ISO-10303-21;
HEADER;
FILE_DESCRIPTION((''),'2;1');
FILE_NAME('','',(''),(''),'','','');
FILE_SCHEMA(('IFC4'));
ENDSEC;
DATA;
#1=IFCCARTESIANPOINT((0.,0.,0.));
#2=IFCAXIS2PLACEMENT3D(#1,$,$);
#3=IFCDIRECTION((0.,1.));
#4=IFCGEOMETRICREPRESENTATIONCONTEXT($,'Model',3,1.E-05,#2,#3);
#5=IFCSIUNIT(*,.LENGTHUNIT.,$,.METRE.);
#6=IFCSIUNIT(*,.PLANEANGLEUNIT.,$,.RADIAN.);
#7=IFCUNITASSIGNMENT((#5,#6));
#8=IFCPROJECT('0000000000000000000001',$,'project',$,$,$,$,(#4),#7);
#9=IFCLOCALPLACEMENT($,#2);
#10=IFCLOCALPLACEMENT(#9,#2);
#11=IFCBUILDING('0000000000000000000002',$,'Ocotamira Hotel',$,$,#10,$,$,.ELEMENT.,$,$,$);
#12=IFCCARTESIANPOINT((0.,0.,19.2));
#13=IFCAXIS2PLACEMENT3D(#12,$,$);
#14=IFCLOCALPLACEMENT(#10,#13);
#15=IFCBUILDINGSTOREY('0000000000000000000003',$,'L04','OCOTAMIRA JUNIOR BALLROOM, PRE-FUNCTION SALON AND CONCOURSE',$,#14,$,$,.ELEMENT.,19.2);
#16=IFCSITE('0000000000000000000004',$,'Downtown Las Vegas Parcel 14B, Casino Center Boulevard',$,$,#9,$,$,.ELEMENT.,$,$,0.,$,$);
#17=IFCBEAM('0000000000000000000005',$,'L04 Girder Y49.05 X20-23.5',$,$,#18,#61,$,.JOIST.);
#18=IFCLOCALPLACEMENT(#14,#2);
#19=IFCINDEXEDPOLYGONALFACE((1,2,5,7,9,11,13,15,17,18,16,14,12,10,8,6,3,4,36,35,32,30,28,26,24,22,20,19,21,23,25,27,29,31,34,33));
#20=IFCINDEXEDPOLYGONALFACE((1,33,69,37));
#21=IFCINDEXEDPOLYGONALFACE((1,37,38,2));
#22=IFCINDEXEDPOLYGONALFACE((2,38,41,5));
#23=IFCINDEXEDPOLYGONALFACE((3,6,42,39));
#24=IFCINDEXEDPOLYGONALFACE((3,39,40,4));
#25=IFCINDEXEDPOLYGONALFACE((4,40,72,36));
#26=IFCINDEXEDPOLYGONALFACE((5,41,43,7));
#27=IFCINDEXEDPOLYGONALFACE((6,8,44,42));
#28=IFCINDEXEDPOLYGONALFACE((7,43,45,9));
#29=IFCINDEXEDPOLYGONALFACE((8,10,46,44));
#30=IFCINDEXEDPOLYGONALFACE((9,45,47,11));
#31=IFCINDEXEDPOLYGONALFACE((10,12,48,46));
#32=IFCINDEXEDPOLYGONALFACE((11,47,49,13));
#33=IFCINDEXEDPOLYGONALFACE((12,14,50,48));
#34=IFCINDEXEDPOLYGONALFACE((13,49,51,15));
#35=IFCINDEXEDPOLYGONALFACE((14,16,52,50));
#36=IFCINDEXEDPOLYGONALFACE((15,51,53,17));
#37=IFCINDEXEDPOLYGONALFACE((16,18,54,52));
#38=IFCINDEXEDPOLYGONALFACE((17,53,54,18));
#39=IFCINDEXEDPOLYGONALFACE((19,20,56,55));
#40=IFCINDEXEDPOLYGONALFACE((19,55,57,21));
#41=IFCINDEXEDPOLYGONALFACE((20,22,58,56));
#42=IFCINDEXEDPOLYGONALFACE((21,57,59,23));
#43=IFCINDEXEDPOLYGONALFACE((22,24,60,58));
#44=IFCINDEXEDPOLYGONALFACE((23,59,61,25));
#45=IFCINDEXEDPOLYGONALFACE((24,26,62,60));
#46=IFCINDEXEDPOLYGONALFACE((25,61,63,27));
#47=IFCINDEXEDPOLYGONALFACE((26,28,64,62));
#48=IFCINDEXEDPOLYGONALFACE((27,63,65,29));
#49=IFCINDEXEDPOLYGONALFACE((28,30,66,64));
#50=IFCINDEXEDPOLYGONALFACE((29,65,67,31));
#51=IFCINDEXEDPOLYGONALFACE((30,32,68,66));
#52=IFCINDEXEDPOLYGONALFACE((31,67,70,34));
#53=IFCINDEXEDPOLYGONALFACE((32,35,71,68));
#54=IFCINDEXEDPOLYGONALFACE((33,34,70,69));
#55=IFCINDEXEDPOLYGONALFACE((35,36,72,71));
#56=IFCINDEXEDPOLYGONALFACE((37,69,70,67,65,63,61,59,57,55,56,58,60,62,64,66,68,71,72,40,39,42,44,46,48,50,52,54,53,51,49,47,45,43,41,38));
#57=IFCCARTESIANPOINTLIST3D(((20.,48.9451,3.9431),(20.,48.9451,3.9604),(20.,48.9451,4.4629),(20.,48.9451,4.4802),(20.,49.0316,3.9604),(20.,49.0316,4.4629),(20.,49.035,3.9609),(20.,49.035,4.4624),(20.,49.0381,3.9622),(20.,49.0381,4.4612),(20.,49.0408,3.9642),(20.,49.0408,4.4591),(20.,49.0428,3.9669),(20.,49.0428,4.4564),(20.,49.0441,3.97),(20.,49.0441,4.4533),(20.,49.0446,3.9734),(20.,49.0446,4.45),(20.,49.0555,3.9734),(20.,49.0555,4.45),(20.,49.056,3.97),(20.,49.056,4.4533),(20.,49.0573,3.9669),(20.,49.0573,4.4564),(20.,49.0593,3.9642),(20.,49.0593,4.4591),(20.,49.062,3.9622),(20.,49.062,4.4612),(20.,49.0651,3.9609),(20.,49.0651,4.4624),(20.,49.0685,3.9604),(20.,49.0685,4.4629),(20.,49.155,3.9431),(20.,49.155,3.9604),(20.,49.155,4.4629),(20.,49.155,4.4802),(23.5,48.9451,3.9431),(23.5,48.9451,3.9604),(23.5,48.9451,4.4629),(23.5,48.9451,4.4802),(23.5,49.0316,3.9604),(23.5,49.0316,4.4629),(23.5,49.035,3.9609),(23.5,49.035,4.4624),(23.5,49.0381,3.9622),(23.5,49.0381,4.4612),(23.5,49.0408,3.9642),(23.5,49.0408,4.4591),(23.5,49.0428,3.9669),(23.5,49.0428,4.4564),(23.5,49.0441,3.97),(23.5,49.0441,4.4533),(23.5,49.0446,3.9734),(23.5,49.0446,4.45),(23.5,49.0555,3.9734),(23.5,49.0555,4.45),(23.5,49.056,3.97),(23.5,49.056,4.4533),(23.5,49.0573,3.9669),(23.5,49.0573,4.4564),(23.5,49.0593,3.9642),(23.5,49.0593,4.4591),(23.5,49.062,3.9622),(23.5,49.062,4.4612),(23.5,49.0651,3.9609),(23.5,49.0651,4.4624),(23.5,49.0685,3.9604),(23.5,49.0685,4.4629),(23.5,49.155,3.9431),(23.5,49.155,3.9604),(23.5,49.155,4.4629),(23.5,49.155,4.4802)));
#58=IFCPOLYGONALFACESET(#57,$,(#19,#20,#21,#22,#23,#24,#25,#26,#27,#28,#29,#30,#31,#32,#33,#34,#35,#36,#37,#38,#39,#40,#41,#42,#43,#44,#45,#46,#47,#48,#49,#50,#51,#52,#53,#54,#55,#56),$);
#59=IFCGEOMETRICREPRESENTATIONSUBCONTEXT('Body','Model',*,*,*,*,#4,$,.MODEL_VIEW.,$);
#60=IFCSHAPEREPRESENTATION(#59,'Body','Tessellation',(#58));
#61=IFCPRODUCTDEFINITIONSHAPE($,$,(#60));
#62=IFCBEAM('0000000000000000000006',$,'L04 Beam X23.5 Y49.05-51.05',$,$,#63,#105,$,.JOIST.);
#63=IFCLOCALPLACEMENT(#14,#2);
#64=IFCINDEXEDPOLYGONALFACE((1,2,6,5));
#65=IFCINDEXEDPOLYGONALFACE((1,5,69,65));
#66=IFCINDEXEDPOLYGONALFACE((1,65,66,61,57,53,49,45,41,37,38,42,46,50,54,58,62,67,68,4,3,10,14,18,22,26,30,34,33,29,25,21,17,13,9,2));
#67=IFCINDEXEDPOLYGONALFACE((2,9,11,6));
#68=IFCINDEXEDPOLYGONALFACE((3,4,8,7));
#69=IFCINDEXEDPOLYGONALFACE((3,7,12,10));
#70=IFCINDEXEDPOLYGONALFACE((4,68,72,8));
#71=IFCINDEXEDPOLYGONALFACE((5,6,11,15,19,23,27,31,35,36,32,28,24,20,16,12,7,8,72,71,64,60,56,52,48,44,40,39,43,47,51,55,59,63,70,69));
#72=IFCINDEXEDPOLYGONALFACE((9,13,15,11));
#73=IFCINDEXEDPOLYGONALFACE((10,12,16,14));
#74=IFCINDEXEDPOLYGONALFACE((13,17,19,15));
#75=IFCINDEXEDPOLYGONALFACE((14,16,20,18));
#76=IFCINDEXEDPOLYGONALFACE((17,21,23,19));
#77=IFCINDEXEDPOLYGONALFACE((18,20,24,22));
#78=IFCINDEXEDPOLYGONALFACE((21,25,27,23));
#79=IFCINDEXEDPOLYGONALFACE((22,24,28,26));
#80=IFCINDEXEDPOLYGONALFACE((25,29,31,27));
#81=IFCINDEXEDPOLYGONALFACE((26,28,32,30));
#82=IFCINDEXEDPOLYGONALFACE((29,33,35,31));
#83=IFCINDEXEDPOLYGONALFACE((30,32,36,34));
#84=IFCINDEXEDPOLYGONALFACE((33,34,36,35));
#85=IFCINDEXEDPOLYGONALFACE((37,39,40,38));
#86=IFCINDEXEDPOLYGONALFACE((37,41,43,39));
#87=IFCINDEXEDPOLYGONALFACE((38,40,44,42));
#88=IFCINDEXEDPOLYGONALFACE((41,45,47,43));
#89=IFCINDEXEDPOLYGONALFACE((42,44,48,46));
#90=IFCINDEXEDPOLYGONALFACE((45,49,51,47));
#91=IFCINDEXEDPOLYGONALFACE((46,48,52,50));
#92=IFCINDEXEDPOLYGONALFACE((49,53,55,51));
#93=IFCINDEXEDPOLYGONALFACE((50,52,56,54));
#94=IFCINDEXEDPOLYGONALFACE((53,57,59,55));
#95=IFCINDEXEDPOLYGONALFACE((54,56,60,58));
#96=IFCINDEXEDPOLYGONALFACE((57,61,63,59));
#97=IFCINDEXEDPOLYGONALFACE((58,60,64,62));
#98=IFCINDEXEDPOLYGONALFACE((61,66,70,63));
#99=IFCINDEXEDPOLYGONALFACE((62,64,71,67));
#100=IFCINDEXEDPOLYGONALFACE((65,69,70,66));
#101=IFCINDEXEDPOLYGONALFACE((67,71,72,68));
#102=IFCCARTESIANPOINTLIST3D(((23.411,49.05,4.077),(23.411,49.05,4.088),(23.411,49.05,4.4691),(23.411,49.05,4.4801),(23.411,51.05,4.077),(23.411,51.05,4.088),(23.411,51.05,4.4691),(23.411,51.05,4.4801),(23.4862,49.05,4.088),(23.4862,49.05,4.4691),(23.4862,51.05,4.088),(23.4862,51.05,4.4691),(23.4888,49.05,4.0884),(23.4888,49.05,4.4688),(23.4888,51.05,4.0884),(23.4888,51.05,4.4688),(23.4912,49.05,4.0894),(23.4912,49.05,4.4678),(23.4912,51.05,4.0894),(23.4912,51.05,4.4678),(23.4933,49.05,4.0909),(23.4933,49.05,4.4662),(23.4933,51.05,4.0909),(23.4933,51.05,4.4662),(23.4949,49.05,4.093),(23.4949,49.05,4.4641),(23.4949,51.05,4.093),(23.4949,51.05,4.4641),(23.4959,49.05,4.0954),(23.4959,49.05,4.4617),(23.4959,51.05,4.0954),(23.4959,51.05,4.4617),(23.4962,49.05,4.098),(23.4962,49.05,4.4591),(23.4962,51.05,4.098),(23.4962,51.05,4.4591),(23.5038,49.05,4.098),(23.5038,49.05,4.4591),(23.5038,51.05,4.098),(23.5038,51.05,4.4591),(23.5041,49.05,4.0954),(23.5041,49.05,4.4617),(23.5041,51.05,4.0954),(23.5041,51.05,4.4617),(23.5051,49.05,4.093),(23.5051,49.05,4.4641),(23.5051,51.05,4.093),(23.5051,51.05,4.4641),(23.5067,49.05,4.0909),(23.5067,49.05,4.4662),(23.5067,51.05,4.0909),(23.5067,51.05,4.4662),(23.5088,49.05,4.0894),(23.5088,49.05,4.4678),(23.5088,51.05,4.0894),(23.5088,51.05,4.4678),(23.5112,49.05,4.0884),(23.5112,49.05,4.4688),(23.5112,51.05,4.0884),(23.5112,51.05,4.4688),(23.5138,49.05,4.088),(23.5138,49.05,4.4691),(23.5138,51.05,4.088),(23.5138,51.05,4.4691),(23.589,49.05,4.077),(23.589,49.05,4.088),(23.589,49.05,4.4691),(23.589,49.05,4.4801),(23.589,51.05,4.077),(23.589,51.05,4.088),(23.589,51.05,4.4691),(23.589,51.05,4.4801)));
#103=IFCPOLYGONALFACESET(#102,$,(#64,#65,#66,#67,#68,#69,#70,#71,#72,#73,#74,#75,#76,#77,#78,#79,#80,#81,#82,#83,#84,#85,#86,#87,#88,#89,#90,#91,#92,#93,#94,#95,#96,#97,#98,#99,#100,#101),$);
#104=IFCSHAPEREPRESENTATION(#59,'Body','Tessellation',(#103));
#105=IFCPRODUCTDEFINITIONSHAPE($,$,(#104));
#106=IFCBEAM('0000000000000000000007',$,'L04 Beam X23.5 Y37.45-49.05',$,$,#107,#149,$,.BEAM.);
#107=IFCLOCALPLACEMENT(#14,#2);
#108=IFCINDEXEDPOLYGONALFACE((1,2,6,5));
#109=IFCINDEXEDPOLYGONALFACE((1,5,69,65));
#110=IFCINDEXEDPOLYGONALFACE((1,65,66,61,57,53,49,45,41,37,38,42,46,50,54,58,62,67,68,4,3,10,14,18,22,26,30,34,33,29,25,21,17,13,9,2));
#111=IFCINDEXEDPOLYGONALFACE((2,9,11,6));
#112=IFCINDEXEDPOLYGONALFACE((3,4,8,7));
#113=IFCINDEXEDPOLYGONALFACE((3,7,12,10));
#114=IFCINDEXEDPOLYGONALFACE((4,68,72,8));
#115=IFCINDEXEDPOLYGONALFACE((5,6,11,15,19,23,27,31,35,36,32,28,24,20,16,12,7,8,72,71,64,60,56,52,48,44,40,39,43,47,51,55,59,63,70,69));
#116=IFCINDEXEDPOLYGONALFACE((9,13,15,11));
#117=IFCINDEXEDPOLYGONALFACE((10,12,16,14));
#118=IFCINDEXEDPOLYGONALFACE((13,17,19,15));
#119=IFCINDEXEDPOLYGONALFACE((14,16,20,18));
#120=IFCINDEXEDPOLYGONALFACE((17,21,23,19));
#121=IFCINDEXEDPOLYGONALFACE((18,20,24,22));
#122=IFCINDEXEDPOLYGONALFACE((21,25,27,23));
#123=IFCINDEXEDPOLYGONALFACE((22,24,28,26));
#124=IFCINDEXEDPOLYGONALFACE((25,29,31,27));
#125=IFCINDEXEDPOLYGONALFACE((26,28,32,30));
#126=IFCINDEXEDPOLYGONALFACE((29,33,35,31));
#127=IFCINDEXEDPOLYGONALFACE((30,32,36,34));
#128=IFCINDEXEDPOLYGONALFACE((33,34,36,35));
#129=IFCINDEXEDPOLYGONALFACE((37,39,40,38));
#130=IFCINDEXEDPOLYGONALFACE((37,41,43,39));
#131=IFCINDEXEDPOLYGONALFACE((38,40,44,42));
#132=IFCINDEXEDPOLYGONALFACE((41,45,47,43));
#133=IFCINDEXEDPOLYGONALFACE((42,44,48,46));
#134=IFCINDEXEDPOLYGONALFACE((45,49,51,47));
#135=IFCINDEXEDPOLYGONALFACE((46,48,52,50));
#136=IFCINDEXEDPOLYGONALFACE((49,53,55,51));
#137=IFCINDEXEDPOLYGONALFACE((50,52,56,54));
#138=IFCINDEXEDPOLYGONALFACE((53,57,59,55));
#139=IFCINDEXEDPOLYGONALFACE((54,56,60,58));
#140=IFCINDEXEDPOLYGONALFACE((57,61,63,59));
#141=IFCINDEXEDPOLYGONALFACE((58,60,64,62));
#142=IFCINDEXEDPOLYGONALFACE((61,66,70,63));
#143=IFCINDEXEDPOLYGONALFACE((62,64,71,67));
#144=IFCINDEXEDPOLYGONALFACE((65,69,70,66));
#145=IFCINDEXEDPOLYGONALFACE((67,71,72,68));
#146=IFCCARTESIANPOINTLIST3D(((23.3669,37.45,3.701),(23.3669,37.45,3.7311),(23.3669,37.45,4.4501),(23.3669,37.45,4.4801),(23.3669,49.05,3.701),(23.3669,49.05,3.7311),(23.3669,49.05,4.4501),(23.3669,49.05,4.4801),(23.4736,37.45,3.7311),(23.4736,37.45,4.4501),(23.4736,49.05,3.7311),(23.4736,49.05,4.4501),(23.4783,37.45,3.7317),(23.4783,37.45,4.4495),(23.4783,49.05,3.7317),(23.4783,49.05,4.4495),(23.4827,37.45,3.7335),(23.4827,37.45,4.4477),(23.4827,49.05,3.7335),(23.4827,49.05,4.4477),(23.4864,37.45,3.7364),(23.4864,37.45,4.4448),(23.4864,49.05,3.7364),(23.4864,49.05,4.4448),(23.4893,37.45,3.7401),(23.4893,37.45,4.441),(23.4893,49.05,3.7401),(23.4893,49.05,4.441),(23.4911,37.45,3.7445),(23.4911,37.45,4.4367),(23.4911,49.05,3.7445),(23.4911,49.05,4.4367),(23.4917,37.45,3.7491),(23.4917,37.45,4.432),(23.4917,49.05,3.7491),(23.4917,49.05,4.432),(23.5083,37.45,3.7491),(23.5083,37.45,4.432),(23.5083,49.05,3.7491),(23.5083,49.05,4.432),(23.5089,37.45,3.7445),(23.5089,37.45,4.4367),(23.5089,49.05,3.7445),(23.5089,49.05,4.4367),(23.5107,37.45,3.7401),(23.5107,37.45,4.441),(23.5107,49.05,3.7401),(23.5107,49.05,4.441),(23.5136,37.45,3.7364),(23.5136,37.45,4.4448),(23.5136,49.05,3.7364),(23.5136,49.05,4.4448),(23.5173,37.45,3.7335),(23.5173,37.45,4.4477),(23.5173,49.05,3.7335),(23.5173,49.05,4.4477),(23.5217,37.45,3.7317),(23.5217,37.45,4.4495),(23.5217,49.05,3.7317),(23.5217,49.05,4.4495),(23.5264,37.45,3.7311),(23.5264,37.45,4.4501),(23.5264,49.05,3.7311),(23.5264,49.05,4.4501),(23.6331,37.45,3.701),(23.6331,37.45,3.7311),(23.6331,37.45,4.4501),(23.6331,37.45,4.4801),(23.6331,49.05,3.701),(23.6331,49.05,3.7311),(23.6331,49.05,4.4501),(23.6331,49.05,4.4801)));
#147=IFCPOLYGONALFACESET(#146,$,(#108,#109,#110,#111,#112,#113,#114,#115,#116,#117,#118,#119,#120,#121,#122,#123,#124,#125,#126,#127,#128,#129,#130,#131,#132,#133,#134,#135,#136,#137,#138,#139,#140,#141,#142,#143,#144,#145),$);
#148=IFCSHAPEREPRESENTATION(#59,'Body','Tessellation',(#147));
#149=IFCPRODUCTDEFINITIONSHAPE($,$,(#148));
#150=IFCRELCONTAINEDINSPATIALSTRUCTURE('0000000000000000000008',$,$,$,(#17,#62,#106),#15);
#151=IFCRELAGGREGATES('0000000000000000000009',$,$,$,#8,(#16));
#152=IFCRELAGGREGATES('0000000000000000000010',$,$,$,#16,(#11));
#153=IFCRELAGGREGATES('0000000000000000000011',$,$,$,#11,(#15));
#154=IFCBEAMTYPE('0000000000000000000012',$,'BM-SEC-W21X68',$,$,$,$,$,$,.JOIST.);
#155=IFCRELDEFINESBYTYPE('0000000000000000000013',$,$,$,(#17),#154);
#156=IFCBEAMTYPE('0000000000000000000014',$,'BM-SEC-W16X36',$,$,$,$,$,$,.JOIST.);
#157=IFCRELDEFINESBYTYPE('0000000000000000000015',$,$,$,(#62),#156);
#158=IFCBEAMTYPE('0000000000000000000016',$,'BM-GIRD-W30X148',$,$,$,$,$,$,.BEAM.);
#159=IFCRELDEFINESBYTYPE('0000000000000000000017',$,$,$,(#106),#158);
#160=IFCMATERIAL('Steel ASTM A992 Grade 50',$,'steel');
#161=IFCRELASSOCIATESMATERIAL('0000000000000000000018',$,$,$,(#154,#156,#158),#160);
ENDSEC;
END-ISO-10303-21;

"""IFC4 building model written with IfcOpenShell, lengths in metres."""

from ifc_helpers import new_model, si_unit, direction, frame, origin, origin_2d, place, context, subcontext, project, spatial, i_section, extrude, source, transform, mapped, material, material_profile, profile_set, type_object, element, save


model = new_model("IFC4")

# Units and contexts
model_context = context("Model", 3, precision=1e-05, world=origin(), true_north=direction((0.0, 1.0)))
body_context = subcontext(model_context, "Body", "Model", "MODEL_VIEW")
ifc_project = project(units=[si_unit("LENGTHUNIT", "METRE"), si_unit("PLANEANGLEUNIT", "RADIAN")], contexts=[model_context])

# Site, building, storey
site_placement = place(None, origin())
site = spatial("IfcSite", under=ifc_project, at=site_placement, Name="Downtown Las Vegas Parcel 14B, Casino Center Boulevard", CompositionType="ELEMENT", RefElevation=0.0)
building_placement = place(site_placement, origin())
building = spatial("IfcBuilding", under=site, at=building_placement, Name="Ocotamira Hotel", CompositionType="ELEMENT")
storey_placement = place(building_placement, frame((0.0, 0.0, 19.2)))
storey = spatial("IfcBuildingStorey", under=building, at=storey_placement, Name="L04", Description="OCOTAMIRA JUNIOR BALLROOM, PRE-FUNCTION SALON AND CONCOURSE", CompositionType="ELEMENT", Elevation=19.2)

# Beams
ifc_material_1 = material(Name="Steel ASTM A992 Grade 50", Category="steel")
ifc_material_profile_1 = material_profile(ifc_material_1, i_section(OverallWidth=0.21, OverallDepth=0.5371, WebThickness=0.011, FlangeThickness=0.0173, FilletRadius=0.0129, at=origin_2d()), Name="W21X68")
ifc_profile_set_1 = profile_set([ifc_material_profile_1], Name="Steel ASTM A992 Grade 50")
beam_type_1 = type_object("IfcBeamType", Name="BM-SEC-W21X68", PredefinedType="JOIST", material=ifc_profile_set_1)
shared_shape_1 = source(origin(), body_context, "Body", "SweptSolid", [
    extrude(i_section(OverallWidth=0.21, OverallDepth=0.5371, WebThickness=0.011, FlangeThickness=0.0173, FilletRadius=0.0129, at=origin_2d()), origin(), (0.0, 0.0, 1.0), 3.5),
])
beam_1_placement = place(storey_placement, frame((20.0, 49.05, 4.2117), z_axis=(1.0, 0.0, 0.0), x_axis=(0.0, 1.0, 0.0)))
element("IfcBeam", 1, at=beam_1_placement, inside=storey, type_object=beam_type_1, Name="L04 Girder Y49.05 X20-23.5", PredefinedType="JOIST", context=body_context, shape_type="MappedRepresentation", body=[
    mapped(shared_shape_1, transform((0.0, 0.0, 0.0), scale=1.0)),
])
ifc_material_profile_2 = material_profile(ifc_material_1, i_section(OverallWidth=0.178, OverallDepth=0.4031, WebThickness=0.0076, FlangeThickness=0.011, FilletRadius=0.01, at=origin_2d()), Name="W16X36")
ifc_profile_set_2 = profile_set([ifc_material_profile_2], Name="Steel ASTM A992 Grade 50")
beam_type_2 = type_object("IfcBeamType", Name="BM-SEC-W16X36", PredefinedType="JOIST", material=ifc_profile_set_2)
shared_shape_2 = source(origin(), body_context, "Body", "SweptSolid", [
    extrude(i_section(OverallWidth=0.178, OverallDepth=0.4031, WebThickness=0.0076, FlangeThickness=0.011, FilletRadius=0.01, at=origin_2d()), origin(), (0.0, 0.0, 1.0), 2.0),
])
beam_2_placement = place(storey_placement, frame((23.5, 49.05, 4.2786), z_axis=(0.0, 1.0, 0.0), x_axis=(-1.0, 0.0, 0.0)))
element("IfcBeam", 2, at=beam_2_placement, inside=storey, type_object=beam_type_2, Name="L04 Beam X23.5 Y49.05-51.05", PredefinedType="JOIST", context=body_context, shape_type="MappedRepresentation", body=[
    mapped(shared_shape_2, transform((0.0, 0.0, 0.0), scale=1.0)),
])
ifc_material_profile_3 = material_profile(ifc_material_1, i_section(OverallWidth=0.2661, OverallDepth=0.7791, WebThickness=0.0166, FlangeThickness=0.03, FilletRadius=0.0181, at=origin_2d()), Name="W30X148")
ifc_profile_set_3 = profile_set([ifc_material_profile_3], Name="Steel ASTM A992 Grade 50")
beam_type_3 = type_object("IfcBeamType", Name="BM-GIRD-W30X148", PredefinedType="BEAM", material=ifc_profile_set_3)
shared_shape_3 = source(origin(), body_context, "Body", "SweptSolid", [
    extrude(i_section(OverallWidth=0.2661, OverallDepth=0.7791, WebThickness=0.0166, FlangeThickness=0.03, FilletRadius=0.0181, at=origin_2d()), origin(), (0.0, 0.0, 1.0), 11.6001),
])
beam_3_placement = place(storey_placement, frame((23.5, 37.45, 4.0906), z_axis=(0.0, 1.0, 0.0), x_axis=(-1.0, 0.0, 0.0)))
element("IfcBeam", 3, at=beam_3_placement, inside=storey, type_object=beam_type_3, Name="L04 Beam X23.5 Y37.45-49.05", PredefinedType="BEAM", context=body_context, shape_type="MappedRepresentation", body=[
    mapped(shared_shape_3, transform((0.0, 0.0, 0.0), scale=1.0)),
])

save(model, "model.ifc")
